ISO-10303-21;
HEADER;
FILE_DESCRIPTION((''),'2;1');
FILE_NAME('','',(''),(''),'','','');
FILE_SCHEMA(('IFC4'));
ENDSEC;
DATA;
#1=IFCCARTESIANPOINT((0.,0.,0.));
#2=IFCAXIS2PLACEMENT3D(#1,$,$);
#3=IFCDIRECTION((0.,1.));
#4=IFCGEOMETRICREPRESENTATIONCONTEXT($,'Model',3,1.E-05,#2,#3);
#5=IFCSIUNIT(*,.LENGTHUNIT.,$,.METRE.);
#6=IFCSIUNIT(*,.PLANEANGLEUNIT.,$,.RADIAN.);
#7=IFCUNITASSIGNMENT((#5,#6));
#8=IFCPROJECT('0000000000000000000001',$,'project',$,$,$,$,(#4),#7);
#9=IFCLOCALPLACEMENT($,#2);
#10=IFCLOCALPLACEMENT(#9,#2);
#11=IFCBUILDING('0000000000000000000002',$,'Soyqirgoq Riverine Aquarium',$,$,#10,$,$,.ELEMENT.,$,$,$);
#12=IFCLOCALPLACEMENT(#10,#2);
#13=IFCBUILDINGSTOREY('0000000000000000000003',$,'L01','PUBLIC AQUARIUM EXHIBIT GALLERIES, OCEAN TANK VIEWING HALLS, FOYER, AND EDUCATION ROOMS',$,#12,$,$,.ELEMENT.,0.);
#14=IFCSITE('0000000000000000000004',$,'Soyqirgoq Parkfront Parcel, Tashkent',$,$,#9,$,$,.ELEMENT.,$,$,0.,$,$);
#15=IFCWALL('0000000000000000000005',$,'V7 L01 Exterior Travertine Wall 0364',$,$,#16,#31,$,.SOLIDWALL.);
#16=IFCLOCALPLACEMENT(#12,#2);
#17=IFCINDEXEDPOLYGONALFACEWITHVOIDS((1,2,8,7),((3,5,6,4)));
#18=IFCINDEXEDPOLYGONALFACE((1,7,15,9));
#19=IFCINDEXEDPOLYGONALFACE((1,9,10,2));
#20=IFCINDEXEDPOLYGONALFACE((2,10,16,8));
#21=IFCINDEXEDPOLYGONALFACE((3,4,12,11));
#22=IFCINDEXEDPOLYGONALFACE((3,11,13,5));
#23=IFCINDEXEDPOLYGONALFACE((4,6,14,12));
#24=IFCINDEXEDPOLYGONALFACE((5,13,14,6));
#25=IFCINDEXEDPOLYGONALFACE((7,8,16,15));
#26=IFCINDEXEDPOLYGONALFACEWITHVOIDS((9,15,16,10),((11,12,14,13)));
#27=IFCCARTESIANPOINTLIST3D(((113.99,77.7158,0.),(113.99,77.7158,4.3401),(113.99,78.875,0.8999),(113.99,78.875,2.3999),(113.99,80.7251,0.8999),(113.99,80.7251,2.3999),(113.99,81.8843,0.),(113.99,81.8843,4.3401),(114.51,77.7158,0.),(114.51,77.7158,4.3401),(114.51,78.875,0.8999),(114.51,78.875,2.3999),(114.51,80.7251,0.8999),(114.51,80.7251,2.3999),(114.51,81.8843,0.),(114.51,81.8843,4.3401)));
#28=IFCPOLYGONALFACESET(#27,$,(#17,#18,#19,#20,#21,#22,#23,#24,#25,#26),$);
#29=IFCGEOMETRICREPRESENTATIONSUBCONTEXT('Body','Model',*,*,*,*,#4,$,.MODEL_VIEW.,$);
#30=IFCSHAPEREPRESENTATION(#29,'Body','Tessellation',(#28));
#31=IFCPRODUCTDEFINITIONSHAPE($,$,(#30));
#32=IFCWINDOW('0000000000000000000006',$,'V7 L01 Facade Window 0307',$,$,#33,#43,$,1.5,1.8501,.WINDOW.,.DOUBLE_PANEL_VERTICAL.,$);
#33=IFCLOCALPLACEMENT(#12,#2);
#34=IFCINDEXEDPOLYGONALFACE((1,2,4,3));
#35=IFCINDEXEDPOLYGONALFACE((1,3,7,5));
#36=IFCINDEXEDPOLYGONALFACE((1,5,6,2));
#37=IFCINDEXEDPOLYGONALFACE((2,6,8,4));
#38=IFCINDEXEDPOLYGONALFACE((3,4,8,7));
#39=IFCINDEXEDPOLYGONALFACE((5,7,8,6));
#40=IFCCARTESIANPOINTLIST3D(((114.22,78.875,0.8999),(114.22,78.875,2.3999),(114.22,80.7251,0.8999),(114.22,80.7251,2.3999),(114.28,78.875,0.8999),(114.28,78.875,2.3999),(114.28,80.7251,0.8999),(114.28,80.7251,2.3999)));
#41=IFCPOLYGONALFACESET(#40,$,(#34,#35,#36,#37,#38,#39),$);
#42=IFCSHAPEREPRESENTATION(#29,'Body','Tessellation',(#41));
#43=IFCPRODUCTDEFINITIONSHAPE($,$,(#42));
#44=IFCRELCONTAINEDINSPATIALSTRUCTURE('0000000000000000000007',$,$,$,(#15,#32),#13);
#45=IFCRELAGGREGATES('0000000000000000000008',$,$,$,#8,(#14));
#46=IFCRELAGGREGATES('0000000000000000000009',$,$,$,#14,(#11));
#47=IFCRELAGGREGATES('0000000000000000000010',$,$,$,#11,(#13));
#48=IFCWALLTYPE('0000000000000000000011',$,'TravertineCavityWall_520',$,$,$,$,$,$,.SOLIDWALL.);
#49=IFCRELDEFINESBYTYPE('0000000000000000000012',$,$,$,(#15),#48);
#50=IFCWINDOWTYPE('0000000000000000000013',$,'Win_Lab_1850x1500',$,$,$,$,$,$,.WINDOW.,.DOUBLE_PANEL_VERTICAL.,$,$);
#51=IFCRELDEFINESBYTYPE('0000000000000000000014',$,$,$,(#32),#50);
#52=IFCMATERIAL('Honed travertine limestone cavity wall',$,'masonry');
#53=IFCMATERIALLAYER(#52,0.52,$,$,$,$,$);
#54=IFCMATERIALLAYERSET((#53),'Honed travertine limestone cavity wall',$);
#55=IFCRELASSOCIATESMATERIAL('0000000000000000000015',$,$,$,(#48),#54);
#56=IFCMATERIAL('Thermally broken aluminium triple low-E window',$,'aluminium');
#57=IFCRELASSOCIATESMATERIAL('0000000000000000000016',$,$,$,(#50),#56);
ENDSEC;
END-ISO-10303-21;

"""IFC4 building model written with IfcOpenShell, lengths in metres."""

from ifc_helpers import new_model, si_unit, direction, frame, frame_2d, origin, place, context, subcontext, project, spatial, rectangle, extrude, material, layer, layer_set, type_object, element, fill, save


model = new_model("IFC4")

# Units and contexts
model_context = context("Model", 3, precision=1e-05, world=origin(), true_north=direction((0.0, 1.0)))
body_context = subcontext(model_context, "Body", "Model", "MODEL_VIEW")
ifc_project = project(units=[si_unit("LENGTHUNIT", "METRE"), si_unit("PLANEANGLEUNIT", "RADIAN")], contexts=[model_context])

# Site, building, storey
site_placement = place(None, origin())
site = spatial("IfcSite", under=ifc_project, at=site_placement, Name="Soyqirgoq Parkfront Parcel, Tashkent", CompositionType="ELEMENT", RefElevation=0.0)
building_placement = place(site_placement, origin())
building = spatial("IfcBuilding", under=site, at=building_placement, Name="Soyqirgoq Riverine Aquarium", CompositionType="ELEMENT")
storey_placement = place(building_placement, origin())
storey = spatial("IfcBuildingStorey", under=building, at=storey_placement, Name="L01", Description="PUBLIC AQUARIUM EXHIBIT GALLERIES, OCEAN TANK VIEWING HALLS, FOYER, AND EDUCATION ROOMS", CompositionType="ELEMENT", Elevation=0.0)

# Wall, opening, window
ifc_material_1 = material(Name="Honed travertine limestone cavity wall", Category="masonry")
ifc_layer_1 = layer(ifc_material_1, 0.52)
ifc_layer_set_1 = layer_set([ifc_layer_1], Name="Honed travertine limestone cavity wall")
wall_type_1 = type_object("IfcWallType", Name="TravertineCavityWall_520", PredefinedType="SOLIDWALL", material=ifc_layer_set_1)
wall_1_placement = place(storey_placement, frame((114.25, 77.7158, 0.0), z_axis=(0.0, 0.0, 1.0), x_axis=(0.0, 1.0, 0.0)))
wall_1 = element("IfcWall", 1, at=wall_1_placement, inside=storey, type_object=wall_type_1, Name="V7 L01 Exterior Travertine Wall 0364", PredefinedType="SOLIDWALL", context=body_context, shape_type="SweptSolid", body=[
    extrude(rectangle(XDim=4.1685, YDim=0.52, at=frame_2d((2.0842, 0.0))), origin(), (0.0, 0.0, 1.0), 4.3401),
])
opening_1_placement = place(wall_1_placement, frame((1.1592, 0.0, 0.8999)))
opening_1 = element("IfcOpeningElement", 2, at=opening_1_placement, cuts=wall_1, PredefinedType="OPENING", context=body_context, shape_type="SweptSolid", body=[
    extrude(rectangle(XDim=1.8501, YDim=1.5, at=frame_2d((0.925, 0.75))), frame((0.0, 0.27, 0.0), z_axis=(0.0, -1.0, 0.0), x_axis=(1.0, 0.0, 0.0)), (0.0, 0.0, 1.0), 0.54),
])
ifc_material_2 = material(Name="Thermally broken aluminium triple low-E window", Category="aluminium")
window_type_1 = type_object("IfcWindowType", Name="Win_Lab_1850x1500", PartitioningType="DOUBLE_PANEL_VERTICAL", PredefinedType="WINDOW", material=ifc_material_2)
window_1_placement = place(opening_1_placement, origin())
window_1 = element("IfcWindow", 3, at=window_1_placement, inside=storey, type_object=window_type_1, Name="V7 L01 Facade Window 0307", OverallHeight=1.5, OverallWidth=1.8501, PartitioningType="DOUBLE_PANEL_VERTICAL", PredefinedType="WINDOW", context=body_context, shape_type="SweptSolid", body=[
    extrude(rectangle(XDim=1.8501, YDim=1.5, at=frame_2d((0.925, 0.75))), frame((0.0, 0.03, 0.0), z_axis=(0.0, -1.0, 0.0), x_axis=(1.0, 0.0, 0.0)), (0.0, 0.0, 1.0), 0.0601),
])
fill(opening_1, window_1)

save(model, "model.ifc")
